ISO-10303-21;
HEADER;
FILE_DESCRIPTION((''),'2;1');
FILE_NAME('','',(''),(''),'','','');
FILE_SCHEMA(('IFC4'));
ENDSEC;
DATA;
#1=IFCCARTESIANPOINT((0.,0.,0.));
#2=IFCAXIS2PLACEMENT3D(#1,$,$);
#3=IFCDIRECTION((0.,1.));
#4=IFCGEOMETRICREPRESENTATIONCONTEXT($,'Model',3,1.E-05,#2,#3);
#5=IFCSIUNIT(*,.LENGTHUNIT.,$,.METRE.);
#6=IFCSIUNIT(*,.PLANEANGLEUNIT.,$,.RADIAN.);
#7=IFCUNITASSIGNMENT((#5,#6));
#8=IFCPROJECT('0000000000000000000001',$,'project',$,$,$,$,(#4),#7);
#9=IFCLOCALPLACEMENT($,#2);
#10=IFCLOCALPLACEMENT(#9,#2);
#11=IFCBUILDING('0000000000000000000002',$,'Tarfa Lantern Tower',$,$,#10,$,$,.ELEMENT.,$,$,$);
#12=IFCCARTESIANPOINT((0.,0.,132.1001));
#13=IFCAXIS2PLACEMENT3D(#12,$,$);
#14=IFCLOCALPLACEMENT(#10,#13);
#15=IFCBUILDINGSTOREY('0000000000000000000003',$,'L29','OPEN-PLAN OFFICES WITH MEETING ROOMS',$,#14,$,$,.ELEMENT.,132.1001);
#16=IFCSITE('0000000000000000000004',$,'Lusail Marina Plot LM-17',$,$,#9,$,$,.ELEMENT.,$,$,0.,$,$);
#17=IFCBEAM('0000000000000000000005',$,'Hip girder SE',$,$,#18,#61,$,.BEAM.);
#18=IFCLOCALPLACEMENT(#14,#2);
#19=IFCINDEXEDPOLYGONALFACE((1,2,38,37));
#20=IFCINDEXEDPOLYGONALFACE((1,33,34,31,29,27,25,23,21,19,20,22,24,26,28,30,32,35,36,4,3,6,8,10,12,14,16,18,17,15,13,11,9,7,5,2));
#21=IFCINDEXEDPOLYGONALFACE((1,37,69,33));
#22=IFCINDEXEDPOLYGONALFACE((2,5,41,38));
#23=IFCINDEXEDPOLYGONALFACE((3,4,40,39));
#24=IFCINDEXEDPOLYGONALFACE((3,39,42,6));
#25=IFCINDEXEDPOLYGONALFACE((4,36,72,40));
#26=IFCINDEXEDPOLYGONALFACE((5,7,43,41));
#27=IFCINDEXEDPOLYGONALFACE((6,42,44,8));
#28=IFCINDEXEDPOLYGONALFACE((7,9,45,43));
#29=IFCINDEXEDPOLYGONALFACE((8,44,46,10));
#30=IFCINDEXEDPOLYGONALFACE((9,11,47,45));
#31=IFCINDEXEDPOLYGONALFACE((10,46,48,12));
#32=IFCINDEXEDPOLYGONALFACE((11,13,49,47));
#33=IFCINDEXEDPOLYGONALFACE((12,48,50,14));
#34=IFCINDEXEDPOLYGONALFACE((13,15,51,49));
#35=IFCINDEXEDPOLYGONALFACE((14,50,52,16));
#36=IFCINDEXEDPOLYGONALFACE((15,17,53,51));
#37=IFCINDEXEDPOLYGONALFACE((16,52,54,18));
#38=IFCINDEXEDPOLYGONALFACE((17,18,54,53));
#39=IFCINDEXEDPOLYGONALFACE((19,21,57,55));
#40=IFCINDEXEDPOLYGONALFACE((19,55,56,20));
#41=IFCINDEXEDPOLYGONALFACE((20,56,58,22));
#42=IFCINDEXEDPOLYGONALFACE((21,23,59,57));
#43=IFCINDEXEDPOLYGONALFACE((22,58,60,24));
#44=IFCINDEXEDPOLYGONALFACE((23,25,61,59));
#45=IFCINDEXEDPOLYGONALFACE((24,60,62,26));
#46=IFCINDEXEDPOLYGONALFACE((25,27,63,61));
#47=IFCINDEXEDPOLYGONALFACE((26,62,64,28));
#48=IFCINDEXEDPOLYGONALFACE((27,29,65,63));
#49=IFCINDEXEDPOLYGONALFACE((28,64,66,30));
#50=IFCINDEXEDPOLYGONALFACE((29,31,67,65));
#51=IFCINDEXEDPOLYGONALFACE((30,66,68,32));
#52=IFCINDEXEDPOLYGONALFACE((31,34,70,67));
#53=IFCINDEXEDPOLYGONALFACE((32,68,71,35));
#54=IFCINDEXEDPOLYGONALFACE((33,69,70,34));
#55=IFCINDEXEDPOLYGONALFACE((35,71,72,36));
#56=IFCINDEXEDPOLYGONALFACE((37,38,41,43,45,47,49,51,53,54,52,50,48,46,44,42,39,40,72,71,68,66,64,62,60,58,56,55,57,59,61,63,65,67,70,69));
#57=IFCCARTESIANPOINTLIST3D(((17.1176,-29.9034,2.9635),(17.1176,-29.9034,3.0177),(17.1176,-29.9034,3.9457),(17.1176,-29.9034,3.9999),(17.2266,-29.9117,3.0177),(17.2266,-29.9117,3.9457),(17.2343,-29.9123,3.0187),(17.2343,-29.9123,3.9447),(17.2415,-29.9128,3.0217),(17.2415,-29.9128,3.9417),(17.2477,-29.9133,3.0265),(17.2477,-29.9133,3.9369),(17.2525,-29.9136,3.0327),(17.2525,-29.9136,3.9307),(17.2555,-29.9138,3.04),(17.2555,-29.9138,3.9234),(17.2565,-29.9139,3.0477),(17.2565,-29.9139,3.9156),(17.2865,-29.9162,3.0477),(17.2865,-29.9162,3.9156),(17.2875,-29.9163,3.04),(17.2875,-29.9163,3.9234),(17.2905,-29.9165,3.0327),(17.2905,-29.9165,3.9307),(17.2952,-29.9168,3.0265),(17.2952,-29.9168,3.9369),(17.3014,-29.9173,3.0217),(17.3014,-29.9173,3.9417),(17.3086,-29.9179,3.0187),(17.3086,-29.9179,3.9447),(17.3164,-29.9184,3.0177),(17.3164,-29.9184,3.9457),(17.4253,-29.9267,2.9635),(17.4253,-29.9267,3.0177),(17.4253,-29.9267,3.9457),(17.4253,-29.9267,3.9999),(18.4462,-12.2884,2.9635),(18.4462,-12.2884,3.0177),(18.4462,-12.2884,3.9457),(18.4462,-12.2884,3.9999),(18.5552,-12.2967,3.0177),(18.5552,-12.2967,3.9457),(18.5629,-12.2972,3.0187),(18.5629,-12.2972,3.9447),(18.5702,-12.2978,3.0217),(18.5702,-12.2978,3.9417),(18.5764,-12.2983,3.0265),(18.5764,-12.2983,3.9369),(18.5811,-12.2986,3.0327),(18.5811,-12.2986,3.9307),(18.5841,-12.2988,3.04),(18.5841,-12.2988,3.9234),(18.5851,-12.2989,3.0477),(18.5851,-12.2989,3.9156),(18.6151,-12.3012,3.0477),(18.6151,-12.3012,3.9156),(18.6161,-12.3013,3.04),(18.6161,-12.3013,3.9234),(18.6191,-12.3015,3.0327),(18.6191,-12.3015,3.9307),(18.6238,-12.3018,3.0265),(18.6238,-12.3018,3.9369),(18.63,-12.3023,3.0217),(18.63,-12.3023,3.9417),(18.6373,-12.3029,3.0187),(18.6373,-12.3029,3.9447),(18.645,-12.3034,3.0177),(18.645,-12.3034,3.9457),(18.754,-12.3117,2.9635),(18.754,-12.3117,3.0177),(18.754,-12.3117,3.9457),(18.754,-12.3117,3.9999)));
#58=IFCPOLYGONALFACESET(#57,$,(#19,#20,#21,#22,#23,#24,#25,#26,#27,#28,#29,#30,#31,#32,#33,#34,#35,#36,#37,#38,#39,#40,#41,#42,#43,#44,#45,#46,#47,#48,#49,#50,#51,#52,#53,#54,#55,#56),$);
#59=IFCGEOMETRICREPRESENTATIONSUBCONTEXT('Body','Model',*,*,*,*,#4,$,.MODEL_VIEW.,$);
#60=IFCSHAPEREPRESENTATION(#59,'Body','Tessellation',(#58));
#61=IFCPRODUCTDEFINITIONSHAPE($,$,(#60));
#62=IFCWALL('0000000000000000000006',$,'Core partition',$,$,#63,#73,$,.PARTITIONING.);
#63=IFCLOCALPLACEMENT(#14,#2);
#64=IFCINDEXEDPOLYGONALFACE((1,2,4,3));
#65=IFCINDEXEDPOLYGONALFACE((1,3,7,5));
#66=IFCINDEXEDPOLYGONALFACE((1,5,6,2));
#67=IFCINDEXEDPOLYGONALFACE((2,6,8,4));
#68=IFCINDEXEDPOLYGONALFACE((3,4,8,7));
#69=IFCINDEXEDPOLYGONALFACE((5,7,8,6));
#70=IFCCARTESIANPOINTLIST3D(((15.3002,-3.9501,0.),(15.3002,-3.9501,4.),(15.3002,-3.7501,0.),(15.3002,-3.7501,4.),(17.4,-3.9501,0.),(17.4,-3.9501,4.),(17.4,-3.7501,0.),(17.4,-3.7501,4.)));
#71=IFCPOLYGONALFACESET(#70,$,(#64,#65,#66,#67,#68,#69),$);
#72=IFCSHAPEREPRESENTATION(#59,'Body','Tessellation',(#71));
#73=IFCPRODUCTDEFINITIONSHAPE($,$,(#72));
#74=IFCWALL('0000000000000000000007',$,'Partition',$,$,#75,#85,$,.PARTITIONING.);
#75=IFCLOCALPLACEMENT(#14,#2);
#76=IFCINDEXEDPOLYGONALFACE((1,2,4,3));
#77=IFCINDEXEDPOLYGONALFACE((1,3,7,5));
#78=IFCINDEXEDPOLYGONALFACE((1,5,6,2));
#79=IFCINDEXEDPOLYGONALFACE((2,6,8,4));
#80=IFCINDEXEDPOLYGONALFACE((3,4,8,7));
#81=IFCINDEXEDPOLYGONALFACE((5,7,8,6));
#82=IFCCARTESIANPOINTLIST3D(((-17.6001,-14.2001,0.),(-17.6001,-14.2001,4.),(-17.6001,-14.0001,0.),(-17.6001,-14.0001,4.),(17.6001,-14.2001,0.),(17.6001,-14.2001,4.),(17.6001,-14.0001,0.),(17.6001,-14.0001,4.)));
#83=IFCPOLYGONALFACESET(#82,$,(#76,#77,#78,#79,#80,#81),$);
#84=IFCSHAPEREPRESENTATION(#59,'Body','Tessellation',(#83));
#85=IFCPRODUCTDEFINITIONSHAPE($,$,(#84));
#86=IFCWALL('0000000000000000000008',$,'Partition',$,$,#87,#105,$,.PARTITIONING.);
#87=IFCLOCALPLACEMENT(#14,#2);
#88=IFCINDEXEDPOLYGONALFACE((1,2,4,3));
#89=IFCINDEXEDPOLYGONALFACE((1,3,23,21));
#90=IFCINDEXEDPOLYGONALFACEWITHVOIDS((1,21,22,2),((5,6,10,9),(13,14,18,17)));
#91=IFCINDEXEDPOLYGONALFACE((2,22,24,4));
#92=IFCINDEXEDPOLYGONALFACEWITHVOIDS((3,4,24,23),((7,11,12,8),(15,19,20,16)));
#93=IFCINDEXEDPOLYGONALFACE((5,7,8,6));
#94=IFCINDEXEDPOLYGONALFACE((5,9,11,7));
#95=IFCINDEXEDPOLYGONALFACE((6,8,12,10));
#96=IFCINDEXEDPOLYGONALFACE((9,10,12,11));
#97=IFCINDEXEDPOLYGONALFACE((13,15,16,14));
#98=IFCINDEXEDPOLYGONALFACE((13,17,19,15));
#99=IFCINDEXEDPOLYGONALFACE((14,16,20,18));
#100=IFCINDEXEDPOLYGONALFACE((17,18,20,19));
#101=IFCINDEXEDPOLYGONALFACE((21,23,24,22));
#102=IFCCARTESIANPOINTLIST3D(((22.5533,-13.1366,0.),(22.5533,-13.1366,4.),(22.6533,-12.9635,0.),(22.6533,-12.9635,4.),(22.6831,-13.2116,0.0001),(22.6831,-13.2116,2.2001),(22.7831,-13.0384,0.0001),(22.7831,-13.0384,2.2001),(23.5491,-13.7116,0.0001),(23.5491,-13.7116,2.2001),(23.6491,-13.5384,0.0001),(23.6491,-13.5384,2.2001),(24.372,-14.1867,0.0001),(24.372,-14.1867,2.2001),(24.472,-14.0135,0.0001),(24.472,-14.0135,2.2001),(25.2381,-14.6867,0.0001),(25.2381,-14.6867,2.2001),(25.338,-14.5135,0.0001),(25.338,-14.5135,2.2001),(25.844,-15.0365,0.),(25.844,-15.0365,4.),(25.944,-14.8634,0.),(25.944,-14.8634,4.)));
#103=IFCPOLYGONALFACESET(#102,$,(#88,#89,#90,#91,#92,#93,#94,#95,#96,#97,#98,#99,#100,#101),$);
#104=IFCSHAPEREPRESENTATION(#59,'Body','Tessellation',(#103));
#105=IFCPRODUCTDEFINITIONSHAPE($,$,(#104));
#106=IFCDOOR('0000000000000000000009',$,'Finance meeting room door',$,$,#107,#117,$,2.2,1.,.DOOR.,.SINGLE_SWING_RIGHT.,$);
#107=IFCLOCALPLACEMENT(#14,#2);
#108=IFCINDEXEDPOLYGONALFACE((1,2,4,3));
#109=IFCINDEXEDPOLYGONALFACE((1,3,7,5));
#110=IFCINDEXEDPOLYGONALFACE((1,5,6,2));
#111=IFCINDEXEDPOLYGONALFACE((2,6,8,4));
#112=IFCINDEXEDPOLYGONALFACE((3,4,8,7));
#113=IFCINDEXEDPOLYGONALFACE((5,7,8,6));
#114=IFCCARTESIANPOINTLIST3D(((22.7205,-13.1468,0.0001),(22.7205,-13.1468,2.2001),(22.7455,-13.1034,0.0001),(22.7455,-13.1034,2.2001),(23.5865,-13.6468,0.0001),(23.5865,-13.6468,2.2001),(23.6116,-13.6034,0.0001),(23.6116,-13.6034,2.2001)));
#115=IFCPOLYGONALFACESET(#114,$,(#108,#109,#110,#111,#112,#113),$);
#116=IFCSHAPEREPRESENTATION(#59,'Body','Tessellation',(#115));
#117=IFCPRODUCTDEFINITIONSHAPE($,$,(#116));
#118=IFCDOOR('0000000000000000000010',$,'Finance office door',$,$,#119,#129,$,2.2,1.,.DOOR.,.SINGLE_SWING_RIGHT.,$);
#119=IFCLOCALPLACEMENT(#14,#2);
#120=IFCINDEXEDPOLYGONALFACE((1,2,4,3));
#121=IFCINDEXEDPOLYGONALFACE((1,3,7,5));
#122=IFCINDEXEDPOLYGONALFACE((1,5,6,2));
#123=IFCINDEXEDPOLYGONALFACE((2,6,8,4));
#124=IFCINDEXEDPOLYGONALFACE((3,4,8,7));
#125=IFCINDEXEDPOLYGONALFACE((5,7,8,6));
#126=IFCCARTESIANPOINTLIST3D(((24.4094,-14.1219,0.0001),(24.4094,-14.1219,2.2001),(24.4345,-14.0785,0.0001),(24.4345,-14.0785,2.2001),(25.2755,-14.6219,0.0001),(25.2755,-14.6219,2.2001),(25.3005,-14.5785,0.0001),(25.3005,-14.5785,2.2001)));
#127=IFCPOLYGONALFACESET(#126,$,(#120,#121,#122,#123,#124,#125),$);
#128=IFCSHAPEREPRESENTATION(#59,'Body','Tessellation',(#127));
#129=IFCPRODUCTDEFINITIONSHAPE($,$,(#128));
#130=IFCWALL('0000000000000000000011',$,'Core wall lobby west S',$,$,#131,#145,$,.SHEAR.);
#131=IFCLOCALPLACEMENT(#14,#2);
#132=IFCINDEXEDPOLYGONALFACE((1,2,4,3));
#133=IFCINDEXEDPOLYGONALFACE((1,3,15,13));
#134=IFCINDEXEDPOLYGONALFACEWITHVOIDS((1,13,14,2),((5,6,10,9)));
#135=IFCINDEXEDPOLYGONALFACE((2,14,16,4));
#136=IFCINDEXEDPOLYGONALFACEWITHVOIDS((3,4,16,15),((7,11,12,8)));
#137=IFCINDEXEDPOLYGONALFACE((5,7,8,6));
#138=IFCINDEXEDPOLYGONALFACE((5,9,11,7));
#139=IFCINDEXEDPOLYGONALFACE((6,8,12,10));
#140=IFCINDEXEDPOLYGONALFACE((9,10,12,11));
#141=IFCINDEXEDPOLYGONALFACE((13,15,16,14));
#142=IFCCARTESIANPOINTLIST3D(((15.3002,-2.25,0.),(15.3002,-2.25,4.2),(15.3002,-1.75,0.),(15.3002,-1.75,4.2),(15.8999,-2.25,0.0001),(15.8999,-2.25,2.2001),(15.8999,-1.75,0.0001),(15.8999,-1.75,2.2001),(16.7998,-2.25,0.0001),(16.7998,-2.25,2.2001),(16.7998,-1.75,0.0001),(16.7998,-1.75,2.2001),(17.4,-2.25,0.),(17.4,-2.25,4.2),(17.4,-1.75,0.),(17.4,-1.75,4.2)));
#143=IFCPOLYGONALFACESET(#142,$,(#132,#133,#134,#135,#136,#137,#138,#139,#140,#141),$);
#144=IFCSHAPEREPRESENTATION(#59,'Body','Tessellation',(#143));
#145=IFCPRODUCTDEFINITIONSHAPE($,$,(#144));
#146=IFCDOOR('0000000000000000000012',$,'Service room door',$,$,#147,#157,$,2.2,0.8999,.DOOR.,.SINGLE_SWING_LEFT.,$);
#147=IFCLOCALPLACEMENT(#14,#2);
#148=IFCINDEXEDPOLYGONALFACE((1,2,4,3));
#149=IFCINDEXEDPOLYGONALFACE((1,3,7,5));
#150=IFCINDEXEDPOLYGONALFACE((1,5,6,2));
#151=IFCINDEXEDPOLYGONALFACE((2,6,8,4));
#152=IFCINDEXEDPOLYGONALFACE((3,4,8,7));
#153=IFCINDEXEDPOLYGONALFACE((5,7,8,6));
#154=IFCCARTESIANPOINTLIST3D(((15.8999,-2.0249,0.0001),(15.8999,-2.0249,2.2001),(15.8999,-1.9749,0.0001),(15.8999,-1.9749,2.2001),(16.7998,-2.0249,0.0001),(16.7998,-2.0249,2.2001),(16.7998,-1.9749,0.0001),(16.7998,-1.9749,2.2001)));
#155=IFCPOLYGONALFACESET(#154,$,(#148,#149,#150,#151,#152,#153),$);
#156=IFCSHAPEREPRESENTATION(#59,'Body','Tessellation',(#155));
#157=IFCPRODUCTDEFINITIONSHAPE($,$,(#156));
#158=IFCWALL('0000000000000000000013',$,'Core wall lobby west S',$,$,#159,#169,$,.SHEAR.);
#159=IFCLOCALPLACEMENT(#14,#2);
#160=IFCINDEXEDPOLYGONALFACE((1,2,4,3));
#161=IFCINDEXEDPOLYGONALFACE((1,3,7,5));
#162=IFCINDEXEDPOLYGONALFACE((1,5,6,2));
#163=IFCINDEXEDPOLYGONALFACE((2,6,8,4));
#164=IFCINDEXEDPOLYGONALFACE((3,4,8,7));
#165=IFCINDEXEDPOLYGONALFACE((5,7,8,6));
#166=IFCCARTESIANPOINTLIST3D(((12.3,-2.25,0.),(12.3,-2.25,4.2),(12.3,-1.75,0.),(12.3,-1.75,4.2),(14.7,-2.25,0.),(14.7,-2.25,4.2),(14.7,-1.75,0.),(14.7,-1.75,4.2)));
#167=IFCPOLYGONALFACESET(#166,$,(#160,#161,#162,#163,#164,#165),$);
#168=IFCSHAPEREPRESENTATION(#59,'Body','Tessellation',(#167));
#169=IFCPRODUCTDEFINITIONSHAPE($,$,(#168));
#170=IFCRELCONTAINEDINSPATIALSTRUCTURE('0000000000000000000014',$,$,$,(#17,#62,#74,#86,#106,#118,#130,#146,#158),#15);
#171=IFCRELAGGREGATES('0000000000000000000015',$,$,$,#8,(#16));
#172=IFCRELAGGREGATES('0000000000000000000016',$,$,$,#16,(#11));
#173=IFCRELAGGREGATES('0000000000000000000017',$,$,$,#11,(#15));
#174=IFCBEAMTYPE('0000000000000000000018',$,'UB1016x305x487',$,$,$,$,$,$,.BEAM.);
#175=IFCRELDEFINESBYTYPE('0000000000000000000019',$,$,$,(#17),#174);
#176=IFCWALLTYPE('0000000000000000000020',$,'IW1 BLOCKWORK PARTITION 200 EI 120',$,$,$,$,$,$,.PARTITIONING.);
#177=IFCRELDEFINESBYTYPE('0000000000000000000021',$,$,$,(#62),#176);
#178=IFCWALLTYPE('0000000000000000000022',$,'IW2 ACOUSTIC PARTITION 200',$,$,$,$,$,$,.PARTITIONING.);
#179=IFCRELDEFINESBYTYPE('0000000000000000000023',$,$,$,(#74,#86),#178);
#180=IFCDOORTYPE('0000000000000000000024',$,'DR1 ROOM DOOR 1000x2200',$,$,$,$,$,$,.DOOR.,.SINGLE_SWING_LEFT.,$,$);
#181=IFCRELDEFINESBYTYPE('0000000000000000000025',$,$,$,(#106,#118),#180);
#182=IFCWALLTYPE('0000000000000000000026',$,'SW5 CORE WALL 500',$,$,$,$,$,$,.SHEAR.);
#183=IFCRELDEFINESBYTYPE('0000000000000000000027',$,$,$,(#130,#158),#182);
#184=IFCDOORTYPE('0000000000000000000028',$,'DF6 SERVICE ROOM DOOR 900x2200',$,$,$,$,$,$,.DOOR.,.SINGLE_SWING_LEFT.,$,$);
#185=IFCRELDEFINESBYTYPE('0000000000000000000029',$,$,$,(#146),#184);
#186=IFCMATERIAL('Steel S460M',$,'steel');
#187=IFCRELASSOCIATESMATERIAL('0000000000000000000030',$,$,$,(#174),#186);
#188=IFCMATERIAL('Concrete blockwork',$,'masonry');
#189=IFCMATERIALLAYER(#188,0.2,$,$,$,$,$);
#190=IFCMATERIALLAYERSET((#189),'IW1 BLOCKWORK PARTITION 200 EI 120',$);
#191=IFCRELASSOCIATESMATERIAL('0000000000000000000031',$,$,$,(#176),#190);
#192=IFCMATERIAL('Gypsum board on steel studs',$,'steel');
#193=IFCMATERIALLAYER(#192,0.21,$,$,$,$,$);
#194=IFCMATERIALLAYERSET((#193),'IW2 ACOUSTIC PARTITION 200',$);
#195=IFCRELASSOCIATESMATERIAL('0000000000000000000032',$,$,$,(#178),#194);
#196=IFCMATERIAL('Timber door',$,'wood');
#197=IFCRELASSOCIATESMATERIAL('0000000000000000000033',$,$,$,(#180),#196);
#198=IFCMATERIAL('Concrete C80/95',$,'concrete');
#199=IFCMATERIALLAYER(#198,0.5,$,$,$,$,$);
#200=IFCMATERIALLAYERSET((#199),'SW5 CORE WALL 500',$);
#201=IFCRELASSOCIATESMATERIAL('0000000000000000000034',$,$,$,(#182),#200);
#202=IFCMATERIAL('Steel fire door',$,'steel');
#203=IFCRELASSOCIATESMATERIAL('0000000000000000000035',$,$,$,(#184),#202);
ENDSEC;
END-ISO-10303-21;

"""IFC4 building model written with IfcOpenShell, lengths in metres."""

from ifc_helpers import new_model, si_unit, direction, frame, frame_2d, origin, origin_2d, place, context, subcontext, project, spatial, rectangle, i_section, extrude, material, layer, layer_set, material_profile, profile_set, type_object, element, fill, save


model = new_model("IFC4")

# Units and contexts
model_context = context("Model", 3, precision=1e-05, world=origin(), true_north=direction((0.0, 1.0)))
body_context = subcontext(model_context, "Body", "Model", "MODEL_VIEW")
ifc_project = project(units=[si_unit("LENGTHUNIT", "METRE"), si_unit("PLANEANGLEUNIT", "RADIAN")], contexts=[model_context])

# Site, building, storey
site_placement = place(None, origin())
site = spatial("IfcSite", under=ifc_project, at=site_placement, Name="Lusail Marina Plot LM-17", CompositionType="ELEMENT", RefElevation=0.0)
building_placement = place(site_placement, origin())
building = spatial("IfcBuilding", under=site, at=building_placement, Name="Tarfa Lantern Tower", CompositionType="ELEMENT")
storey_placement = place(building_placement, frame((0.0, 0.0, 132.1001)))
storey = spatial("IfcBuildingStorey", under=building, at=storey_placement, Name="L29", Description="OPEN-PLAN OFFICES WITH MEETING ROOMS", CompositionType="ELEMENT", Elevation=132.1001)

# Beam
ifc_material_1 = material(Name="Steel S460M", Category="steel")
ifc_material_profile = material_profile(ifc_material_1, i_section(OverallWidth=0.3086, OverallDepth=1.0364, WebThickness=0.03, FlangeThickness=0.0542, FilletRadius=0.03, at=origin_2d()), Name="UB1016x305x487")
ifc_profile_set = profile_set([ifc_material_profile], Name="Steel S460M")
beam_type = type_object("IfcBeamType", Name="UB1016x305x487", PredefinedType="BEAM", material=ifc_profile_set)
beam_placement = place(storey_placement, frame((18.6001, -12.3, 3.4817), z_axis=(-0.075212, -0.997168, 0.0), x_axis=(0.997168, -0.075212, 0.0)))
element("IfcBeam", 1, at=beam_placement, inside=storey, type_object=beam_type, Name="Hip girder SE", PredefinedType="BEAM", context=body_context, shape_type="SweptSolid", body=[
    extrude(i_section(OverallWidth=0.3086, OverallDepth=1.0364, WebThickness=0.03, FlangeThickness=0.0542, FilletRadius=0.03, at=origin_2d()), origin(), (0.0, 0.0, 1.0), 17.665),
])

# Walls
ifc_material_2 = material(Name="Concrete blockwork", Category="masonry")
ifc_layer_1 = layer(ifc_material_2, 0.2)
ifc_layer_set_1 = layer_set([ifc_layer_1], Name="IW1 BLOCKWORK PARTITION 200 EI 120")
wall_type_1 = type_object("IfcWallType", Name="IW1 BLOCKWORK PARTITION 200 EI 120", PredefinedType="PARTITIONING", material=ifc_layer_set_1)
wall_1_placement = place(storey_placement, frame((17.3999, -3.8501, 0.0), z_axis=(0.0, 0.0, 1.0), x_axis=(-1.0, 0.0, 0.0)))
element("IfcWall", 2, at=wall_1_placement, inside=storey, type_object=wall_type_1, Name="Core partition", PredefinedType="PARTITIONING", context=body_context, shape_type="SweptSolid", body=[
    extrude(rectangle(XDim=2.0999, YDim=0.2, at=frame_2d((1.0498, 0.0))), origin(), (0.0, 0.0, 1.0), 4.0),
])
ifc_material_3 = material(Name="Gypsum board on steel studs", Category="steel")
ifc_layer_2 = layer(ifc_material_3, 0.21)
ifc_layer_set_2 = layer_set([ifc_layer_2], Name="IW2 ACOUSTIC PARTITION 200")
wall_type_2 = type_object("IfcWallType", Name="IW2 ACOUSTIC PARTITION 200", PredefinedType="PARTITIONING", material=ifc_layer_set_2)
wall_2_placement = place(storey_placement, frame((17.6001, -14.1001, 0.0), z_axis=(0.0, 0.0, 1.0), x_axis=(-1.0, 0.0, 0.0)))
element("IfcWall", 3, at=wall_2_placement, inside=storey, type_object=wall_type_2, Name="Partition", PredefinedType="PARTITIONING", context=body_context, shape_type="SweptSolid", body=[
    extrude(rectangle(XDim=35.2002, YDim=0.2, at=frame_2d((17.6001, 0.0))), origin(), (0.0, 0.0, 1.0), 4.0),
])

# Wall, openings, doors
wall_3_placement = place(storey_placement, frame((22.6033, -13.05, 0.0), z_axis=(0.0, 0.0, 1.0), x_axis=(0.866028, -0.499995, 0.0)))
wall_3 = element("IfcWall", 4, at=wall_3_placement, inside=storey, type_object=wall_type_2, Name="Partition", PredefinedType="PARTITIONING", context=body_context, shape_type="SweptSolid", body=[
    extrude(rectangle(XDim=3.7998, YDim=0.2, at=frame_2d((1.8999, 0.0))), origin(), (0.0, 0.0, 1.0), 4.0),
])
opening_1_placement = place(wall_3_placement, frame((0.1499, 0.0, 0.0)))
opening_1 = element("IfcOpeningElement", 5, at=opening_1_placement, cuts=wall_3, PredefinedType="OPENING", context=body_context, shape_type="SweptSolid", body=[
    extrude(rectangle(XDim=1.0, YDim=2.2, at=frame_2d((0.5, 1.1001))), frame((0.0, 0.1099, 0.0), z_axis=(0.0, -1.0, 0.0), x_axis=(1.0, 0.0, 0.0)), (0.0, 0.0, 1.0), 0.22),
])
opening_2_placement = place(wall_3_placement, frame((2.1001, 0.0, 0.0)))
opening_2 = element("IfcOpeningElement", 6, at=opening_2_placement, cuts=wall_3, PredefinedType="OPENING", context=body_context, shape_type="SweptSolid", body=[
    extrude(rectangle(XDim=1.0, YDim=2.2, at=frame_2d((0.5, 1.1001))), frame((0.0, 0.1099, 0.0), z_axis=(0.0, -1.0, 0.0), x_axis=(1.0, 0.0, 0.0)), (0.0, 0.0, 1.0), 0.22),
])
ifc_material_4 = material(Name="Timber door", Category="wood")
door_type_1 = type_object("IfcDoorType", Name="DR1 ROOM DOOR 1000x2200", OperationType="SINGLE_SWING_LEFT", PredefinedType="DOOR", material=ifc_material_4)
door_1_placement = place(opening_1_placement, origin())
door_1 = element("IfcDoor", 7, at=door_1_placement, inside=storey, type_object=door_type_1, Name="Finance meeting room door", OperationType="SINGLE_SWING_RIGHT", OverallHeight=2.2, OverallWidth=1.0, PredefinedType="DOOR", context=body_context, shape_type="SweptSolid", body=[
    extrude(rectangle(XDim=1.0, YDim=2.2, at=frame_2d((0.5, 1.1001))), frame((0.0, 0.0249, 0.0), z_axis=(0.0, -1.0, 0.0), x_axis=(1.0, 0.0, 0.0)), (0.0, 0.0, 1.0), 0.05),
])
fill(opening_1, door_1)
door_2_placement = place(opening_2_placement, origin())
door_2 = element("IfcDoor", 8, at=door_2_placement, inside=storey, type_object=door_type_1, Name="Finance office door", OperationType="SINGLE_SWING_RIGHT", OverallHeight=2.2, OverallWidth=1.0, PredefinedType="DOOR", context=body_context, shape_type="SweptSolid", body=[
    extrude(rectangle(XDim=1.0, YDim=2.2, at=frame_2d((0.5, 1.1001))), frame((0.0, 0.0249, 0.0), z_axis=(0.0, -1.0, 0.0), x_axis=(1.0, 0.0, 0.0)), (0.0, 0.0, 1.0), 0.05),
])
fill(opening_2, door_2)

# Wall, opening, door
ifc_material_5 = material(Name="Concrete C80/95", Category="concrete")
ifc_material_6 = material(Name="Steel fire door", Category="steel")
ifc_layer_3 = layer(ifc_material_5, 0.5)
ifc_layer_set_3 = layer_set([ifc_layer_3], Name="SW5 CORE WALL 500")
wall_type_3 = type_object("IfcWallType", Name="SW5 CORE WALL 500", PredefinedType="SHEAR", material=ifc_layer_set_3)
wall_4_placement = place(storey_placement, frame((17.3999, -2.0, 0.0), z_axis=(0.0, 0.0, 1.0), x_axis=(-1.0, 0.0, 0.0)))
wall_4 = element("IfcWall", 9, at=wall_4_placement, inside=storey, type_object=wall_type_3, Name="Core wall lobby west S", PredefinedType="SHEAR", context=body_context, shape_type="SweptSolid", body=[
    extrude(rectangle(XDim=2.0999, YDim=0.5, at=frame_2d((1.0498, 0.0))), origin(), (0.0, 0.0, 1.0), 4.2),
])
opening_3_placement = place(wall_4_placement, frame((0.6001, 0.0, 0.0)))
opening_3 = element("IfcOpeningElement", 10, at=opening_3_placement, cuts=wall_4, PredefinedType="OPENING", context=body_context, shape_type="SweptSolid", body=[
    extrude(rectangle(XDim=0.8999, YDim=2.2, at=frame_2d((0.45, 1.1001))), frame((0.0, 0.26, 0.0), z_axis=(0.0, -1.0, 0.0), x_axis=(1.0, 0.0, 0.0)), (0.0, 0.0, 1.0), 0.52),
])
door_type_2 = type_object("IfcDoorType", Name="DF6 SERVICE ROOM DOOR 900x2200", OperationType="SINGLE_SWING_LEFT", PredefinedType="DOOR", material=ifc_material_6)
door_3_placement = place(opening_3_placement, origin())
door_3 = element("IfcDoor", 11, at=door_3_placement, inside=storey, type_object=door_type_2, Name="Service room door", OperationType="SINGLE_SWING_LEFT", OverallHeight=2.2, OverallWidth=0.8999, PredefinedType="DOOR", context=body_context, shape_type="SweptSolid", body=[
    extrude(rectangle(XDim=0.8999, YDim=2.2, at=frame_2d((0.45, 1.1001))), frame((0.0, 0.0249, 0.0), z_axis=(0.0, -1.0, 0.0), x_axis=(1.0, 0.0, 0.0)), (0.0, 0.0, 1.0), 0.05),
])
fill(opening_3, door_3)

# Wall
wall_5_placement = place(storey_placement, frame((14.7, -2.0, 0.0), z_axis=(0.0, 0.0, 1.0), x_axis=(-1.0, 0.0, 0.0)))
element("IfcWall", 12, at=wall_5_placement, inside=storey, type_object=wall_type_3, Name="Core wall lobby west S", PredefinedType="SHEAR", context=body_context, shape_type="SweptSolid", body=[
    extrude(rectangle(XDim=2.3999, YDim=0.5, at=frame_2d((1.2, 0.0))), origin(), (0.0, 0.0, 1.0), 4.2),
])

save(model, "model.ifc")
